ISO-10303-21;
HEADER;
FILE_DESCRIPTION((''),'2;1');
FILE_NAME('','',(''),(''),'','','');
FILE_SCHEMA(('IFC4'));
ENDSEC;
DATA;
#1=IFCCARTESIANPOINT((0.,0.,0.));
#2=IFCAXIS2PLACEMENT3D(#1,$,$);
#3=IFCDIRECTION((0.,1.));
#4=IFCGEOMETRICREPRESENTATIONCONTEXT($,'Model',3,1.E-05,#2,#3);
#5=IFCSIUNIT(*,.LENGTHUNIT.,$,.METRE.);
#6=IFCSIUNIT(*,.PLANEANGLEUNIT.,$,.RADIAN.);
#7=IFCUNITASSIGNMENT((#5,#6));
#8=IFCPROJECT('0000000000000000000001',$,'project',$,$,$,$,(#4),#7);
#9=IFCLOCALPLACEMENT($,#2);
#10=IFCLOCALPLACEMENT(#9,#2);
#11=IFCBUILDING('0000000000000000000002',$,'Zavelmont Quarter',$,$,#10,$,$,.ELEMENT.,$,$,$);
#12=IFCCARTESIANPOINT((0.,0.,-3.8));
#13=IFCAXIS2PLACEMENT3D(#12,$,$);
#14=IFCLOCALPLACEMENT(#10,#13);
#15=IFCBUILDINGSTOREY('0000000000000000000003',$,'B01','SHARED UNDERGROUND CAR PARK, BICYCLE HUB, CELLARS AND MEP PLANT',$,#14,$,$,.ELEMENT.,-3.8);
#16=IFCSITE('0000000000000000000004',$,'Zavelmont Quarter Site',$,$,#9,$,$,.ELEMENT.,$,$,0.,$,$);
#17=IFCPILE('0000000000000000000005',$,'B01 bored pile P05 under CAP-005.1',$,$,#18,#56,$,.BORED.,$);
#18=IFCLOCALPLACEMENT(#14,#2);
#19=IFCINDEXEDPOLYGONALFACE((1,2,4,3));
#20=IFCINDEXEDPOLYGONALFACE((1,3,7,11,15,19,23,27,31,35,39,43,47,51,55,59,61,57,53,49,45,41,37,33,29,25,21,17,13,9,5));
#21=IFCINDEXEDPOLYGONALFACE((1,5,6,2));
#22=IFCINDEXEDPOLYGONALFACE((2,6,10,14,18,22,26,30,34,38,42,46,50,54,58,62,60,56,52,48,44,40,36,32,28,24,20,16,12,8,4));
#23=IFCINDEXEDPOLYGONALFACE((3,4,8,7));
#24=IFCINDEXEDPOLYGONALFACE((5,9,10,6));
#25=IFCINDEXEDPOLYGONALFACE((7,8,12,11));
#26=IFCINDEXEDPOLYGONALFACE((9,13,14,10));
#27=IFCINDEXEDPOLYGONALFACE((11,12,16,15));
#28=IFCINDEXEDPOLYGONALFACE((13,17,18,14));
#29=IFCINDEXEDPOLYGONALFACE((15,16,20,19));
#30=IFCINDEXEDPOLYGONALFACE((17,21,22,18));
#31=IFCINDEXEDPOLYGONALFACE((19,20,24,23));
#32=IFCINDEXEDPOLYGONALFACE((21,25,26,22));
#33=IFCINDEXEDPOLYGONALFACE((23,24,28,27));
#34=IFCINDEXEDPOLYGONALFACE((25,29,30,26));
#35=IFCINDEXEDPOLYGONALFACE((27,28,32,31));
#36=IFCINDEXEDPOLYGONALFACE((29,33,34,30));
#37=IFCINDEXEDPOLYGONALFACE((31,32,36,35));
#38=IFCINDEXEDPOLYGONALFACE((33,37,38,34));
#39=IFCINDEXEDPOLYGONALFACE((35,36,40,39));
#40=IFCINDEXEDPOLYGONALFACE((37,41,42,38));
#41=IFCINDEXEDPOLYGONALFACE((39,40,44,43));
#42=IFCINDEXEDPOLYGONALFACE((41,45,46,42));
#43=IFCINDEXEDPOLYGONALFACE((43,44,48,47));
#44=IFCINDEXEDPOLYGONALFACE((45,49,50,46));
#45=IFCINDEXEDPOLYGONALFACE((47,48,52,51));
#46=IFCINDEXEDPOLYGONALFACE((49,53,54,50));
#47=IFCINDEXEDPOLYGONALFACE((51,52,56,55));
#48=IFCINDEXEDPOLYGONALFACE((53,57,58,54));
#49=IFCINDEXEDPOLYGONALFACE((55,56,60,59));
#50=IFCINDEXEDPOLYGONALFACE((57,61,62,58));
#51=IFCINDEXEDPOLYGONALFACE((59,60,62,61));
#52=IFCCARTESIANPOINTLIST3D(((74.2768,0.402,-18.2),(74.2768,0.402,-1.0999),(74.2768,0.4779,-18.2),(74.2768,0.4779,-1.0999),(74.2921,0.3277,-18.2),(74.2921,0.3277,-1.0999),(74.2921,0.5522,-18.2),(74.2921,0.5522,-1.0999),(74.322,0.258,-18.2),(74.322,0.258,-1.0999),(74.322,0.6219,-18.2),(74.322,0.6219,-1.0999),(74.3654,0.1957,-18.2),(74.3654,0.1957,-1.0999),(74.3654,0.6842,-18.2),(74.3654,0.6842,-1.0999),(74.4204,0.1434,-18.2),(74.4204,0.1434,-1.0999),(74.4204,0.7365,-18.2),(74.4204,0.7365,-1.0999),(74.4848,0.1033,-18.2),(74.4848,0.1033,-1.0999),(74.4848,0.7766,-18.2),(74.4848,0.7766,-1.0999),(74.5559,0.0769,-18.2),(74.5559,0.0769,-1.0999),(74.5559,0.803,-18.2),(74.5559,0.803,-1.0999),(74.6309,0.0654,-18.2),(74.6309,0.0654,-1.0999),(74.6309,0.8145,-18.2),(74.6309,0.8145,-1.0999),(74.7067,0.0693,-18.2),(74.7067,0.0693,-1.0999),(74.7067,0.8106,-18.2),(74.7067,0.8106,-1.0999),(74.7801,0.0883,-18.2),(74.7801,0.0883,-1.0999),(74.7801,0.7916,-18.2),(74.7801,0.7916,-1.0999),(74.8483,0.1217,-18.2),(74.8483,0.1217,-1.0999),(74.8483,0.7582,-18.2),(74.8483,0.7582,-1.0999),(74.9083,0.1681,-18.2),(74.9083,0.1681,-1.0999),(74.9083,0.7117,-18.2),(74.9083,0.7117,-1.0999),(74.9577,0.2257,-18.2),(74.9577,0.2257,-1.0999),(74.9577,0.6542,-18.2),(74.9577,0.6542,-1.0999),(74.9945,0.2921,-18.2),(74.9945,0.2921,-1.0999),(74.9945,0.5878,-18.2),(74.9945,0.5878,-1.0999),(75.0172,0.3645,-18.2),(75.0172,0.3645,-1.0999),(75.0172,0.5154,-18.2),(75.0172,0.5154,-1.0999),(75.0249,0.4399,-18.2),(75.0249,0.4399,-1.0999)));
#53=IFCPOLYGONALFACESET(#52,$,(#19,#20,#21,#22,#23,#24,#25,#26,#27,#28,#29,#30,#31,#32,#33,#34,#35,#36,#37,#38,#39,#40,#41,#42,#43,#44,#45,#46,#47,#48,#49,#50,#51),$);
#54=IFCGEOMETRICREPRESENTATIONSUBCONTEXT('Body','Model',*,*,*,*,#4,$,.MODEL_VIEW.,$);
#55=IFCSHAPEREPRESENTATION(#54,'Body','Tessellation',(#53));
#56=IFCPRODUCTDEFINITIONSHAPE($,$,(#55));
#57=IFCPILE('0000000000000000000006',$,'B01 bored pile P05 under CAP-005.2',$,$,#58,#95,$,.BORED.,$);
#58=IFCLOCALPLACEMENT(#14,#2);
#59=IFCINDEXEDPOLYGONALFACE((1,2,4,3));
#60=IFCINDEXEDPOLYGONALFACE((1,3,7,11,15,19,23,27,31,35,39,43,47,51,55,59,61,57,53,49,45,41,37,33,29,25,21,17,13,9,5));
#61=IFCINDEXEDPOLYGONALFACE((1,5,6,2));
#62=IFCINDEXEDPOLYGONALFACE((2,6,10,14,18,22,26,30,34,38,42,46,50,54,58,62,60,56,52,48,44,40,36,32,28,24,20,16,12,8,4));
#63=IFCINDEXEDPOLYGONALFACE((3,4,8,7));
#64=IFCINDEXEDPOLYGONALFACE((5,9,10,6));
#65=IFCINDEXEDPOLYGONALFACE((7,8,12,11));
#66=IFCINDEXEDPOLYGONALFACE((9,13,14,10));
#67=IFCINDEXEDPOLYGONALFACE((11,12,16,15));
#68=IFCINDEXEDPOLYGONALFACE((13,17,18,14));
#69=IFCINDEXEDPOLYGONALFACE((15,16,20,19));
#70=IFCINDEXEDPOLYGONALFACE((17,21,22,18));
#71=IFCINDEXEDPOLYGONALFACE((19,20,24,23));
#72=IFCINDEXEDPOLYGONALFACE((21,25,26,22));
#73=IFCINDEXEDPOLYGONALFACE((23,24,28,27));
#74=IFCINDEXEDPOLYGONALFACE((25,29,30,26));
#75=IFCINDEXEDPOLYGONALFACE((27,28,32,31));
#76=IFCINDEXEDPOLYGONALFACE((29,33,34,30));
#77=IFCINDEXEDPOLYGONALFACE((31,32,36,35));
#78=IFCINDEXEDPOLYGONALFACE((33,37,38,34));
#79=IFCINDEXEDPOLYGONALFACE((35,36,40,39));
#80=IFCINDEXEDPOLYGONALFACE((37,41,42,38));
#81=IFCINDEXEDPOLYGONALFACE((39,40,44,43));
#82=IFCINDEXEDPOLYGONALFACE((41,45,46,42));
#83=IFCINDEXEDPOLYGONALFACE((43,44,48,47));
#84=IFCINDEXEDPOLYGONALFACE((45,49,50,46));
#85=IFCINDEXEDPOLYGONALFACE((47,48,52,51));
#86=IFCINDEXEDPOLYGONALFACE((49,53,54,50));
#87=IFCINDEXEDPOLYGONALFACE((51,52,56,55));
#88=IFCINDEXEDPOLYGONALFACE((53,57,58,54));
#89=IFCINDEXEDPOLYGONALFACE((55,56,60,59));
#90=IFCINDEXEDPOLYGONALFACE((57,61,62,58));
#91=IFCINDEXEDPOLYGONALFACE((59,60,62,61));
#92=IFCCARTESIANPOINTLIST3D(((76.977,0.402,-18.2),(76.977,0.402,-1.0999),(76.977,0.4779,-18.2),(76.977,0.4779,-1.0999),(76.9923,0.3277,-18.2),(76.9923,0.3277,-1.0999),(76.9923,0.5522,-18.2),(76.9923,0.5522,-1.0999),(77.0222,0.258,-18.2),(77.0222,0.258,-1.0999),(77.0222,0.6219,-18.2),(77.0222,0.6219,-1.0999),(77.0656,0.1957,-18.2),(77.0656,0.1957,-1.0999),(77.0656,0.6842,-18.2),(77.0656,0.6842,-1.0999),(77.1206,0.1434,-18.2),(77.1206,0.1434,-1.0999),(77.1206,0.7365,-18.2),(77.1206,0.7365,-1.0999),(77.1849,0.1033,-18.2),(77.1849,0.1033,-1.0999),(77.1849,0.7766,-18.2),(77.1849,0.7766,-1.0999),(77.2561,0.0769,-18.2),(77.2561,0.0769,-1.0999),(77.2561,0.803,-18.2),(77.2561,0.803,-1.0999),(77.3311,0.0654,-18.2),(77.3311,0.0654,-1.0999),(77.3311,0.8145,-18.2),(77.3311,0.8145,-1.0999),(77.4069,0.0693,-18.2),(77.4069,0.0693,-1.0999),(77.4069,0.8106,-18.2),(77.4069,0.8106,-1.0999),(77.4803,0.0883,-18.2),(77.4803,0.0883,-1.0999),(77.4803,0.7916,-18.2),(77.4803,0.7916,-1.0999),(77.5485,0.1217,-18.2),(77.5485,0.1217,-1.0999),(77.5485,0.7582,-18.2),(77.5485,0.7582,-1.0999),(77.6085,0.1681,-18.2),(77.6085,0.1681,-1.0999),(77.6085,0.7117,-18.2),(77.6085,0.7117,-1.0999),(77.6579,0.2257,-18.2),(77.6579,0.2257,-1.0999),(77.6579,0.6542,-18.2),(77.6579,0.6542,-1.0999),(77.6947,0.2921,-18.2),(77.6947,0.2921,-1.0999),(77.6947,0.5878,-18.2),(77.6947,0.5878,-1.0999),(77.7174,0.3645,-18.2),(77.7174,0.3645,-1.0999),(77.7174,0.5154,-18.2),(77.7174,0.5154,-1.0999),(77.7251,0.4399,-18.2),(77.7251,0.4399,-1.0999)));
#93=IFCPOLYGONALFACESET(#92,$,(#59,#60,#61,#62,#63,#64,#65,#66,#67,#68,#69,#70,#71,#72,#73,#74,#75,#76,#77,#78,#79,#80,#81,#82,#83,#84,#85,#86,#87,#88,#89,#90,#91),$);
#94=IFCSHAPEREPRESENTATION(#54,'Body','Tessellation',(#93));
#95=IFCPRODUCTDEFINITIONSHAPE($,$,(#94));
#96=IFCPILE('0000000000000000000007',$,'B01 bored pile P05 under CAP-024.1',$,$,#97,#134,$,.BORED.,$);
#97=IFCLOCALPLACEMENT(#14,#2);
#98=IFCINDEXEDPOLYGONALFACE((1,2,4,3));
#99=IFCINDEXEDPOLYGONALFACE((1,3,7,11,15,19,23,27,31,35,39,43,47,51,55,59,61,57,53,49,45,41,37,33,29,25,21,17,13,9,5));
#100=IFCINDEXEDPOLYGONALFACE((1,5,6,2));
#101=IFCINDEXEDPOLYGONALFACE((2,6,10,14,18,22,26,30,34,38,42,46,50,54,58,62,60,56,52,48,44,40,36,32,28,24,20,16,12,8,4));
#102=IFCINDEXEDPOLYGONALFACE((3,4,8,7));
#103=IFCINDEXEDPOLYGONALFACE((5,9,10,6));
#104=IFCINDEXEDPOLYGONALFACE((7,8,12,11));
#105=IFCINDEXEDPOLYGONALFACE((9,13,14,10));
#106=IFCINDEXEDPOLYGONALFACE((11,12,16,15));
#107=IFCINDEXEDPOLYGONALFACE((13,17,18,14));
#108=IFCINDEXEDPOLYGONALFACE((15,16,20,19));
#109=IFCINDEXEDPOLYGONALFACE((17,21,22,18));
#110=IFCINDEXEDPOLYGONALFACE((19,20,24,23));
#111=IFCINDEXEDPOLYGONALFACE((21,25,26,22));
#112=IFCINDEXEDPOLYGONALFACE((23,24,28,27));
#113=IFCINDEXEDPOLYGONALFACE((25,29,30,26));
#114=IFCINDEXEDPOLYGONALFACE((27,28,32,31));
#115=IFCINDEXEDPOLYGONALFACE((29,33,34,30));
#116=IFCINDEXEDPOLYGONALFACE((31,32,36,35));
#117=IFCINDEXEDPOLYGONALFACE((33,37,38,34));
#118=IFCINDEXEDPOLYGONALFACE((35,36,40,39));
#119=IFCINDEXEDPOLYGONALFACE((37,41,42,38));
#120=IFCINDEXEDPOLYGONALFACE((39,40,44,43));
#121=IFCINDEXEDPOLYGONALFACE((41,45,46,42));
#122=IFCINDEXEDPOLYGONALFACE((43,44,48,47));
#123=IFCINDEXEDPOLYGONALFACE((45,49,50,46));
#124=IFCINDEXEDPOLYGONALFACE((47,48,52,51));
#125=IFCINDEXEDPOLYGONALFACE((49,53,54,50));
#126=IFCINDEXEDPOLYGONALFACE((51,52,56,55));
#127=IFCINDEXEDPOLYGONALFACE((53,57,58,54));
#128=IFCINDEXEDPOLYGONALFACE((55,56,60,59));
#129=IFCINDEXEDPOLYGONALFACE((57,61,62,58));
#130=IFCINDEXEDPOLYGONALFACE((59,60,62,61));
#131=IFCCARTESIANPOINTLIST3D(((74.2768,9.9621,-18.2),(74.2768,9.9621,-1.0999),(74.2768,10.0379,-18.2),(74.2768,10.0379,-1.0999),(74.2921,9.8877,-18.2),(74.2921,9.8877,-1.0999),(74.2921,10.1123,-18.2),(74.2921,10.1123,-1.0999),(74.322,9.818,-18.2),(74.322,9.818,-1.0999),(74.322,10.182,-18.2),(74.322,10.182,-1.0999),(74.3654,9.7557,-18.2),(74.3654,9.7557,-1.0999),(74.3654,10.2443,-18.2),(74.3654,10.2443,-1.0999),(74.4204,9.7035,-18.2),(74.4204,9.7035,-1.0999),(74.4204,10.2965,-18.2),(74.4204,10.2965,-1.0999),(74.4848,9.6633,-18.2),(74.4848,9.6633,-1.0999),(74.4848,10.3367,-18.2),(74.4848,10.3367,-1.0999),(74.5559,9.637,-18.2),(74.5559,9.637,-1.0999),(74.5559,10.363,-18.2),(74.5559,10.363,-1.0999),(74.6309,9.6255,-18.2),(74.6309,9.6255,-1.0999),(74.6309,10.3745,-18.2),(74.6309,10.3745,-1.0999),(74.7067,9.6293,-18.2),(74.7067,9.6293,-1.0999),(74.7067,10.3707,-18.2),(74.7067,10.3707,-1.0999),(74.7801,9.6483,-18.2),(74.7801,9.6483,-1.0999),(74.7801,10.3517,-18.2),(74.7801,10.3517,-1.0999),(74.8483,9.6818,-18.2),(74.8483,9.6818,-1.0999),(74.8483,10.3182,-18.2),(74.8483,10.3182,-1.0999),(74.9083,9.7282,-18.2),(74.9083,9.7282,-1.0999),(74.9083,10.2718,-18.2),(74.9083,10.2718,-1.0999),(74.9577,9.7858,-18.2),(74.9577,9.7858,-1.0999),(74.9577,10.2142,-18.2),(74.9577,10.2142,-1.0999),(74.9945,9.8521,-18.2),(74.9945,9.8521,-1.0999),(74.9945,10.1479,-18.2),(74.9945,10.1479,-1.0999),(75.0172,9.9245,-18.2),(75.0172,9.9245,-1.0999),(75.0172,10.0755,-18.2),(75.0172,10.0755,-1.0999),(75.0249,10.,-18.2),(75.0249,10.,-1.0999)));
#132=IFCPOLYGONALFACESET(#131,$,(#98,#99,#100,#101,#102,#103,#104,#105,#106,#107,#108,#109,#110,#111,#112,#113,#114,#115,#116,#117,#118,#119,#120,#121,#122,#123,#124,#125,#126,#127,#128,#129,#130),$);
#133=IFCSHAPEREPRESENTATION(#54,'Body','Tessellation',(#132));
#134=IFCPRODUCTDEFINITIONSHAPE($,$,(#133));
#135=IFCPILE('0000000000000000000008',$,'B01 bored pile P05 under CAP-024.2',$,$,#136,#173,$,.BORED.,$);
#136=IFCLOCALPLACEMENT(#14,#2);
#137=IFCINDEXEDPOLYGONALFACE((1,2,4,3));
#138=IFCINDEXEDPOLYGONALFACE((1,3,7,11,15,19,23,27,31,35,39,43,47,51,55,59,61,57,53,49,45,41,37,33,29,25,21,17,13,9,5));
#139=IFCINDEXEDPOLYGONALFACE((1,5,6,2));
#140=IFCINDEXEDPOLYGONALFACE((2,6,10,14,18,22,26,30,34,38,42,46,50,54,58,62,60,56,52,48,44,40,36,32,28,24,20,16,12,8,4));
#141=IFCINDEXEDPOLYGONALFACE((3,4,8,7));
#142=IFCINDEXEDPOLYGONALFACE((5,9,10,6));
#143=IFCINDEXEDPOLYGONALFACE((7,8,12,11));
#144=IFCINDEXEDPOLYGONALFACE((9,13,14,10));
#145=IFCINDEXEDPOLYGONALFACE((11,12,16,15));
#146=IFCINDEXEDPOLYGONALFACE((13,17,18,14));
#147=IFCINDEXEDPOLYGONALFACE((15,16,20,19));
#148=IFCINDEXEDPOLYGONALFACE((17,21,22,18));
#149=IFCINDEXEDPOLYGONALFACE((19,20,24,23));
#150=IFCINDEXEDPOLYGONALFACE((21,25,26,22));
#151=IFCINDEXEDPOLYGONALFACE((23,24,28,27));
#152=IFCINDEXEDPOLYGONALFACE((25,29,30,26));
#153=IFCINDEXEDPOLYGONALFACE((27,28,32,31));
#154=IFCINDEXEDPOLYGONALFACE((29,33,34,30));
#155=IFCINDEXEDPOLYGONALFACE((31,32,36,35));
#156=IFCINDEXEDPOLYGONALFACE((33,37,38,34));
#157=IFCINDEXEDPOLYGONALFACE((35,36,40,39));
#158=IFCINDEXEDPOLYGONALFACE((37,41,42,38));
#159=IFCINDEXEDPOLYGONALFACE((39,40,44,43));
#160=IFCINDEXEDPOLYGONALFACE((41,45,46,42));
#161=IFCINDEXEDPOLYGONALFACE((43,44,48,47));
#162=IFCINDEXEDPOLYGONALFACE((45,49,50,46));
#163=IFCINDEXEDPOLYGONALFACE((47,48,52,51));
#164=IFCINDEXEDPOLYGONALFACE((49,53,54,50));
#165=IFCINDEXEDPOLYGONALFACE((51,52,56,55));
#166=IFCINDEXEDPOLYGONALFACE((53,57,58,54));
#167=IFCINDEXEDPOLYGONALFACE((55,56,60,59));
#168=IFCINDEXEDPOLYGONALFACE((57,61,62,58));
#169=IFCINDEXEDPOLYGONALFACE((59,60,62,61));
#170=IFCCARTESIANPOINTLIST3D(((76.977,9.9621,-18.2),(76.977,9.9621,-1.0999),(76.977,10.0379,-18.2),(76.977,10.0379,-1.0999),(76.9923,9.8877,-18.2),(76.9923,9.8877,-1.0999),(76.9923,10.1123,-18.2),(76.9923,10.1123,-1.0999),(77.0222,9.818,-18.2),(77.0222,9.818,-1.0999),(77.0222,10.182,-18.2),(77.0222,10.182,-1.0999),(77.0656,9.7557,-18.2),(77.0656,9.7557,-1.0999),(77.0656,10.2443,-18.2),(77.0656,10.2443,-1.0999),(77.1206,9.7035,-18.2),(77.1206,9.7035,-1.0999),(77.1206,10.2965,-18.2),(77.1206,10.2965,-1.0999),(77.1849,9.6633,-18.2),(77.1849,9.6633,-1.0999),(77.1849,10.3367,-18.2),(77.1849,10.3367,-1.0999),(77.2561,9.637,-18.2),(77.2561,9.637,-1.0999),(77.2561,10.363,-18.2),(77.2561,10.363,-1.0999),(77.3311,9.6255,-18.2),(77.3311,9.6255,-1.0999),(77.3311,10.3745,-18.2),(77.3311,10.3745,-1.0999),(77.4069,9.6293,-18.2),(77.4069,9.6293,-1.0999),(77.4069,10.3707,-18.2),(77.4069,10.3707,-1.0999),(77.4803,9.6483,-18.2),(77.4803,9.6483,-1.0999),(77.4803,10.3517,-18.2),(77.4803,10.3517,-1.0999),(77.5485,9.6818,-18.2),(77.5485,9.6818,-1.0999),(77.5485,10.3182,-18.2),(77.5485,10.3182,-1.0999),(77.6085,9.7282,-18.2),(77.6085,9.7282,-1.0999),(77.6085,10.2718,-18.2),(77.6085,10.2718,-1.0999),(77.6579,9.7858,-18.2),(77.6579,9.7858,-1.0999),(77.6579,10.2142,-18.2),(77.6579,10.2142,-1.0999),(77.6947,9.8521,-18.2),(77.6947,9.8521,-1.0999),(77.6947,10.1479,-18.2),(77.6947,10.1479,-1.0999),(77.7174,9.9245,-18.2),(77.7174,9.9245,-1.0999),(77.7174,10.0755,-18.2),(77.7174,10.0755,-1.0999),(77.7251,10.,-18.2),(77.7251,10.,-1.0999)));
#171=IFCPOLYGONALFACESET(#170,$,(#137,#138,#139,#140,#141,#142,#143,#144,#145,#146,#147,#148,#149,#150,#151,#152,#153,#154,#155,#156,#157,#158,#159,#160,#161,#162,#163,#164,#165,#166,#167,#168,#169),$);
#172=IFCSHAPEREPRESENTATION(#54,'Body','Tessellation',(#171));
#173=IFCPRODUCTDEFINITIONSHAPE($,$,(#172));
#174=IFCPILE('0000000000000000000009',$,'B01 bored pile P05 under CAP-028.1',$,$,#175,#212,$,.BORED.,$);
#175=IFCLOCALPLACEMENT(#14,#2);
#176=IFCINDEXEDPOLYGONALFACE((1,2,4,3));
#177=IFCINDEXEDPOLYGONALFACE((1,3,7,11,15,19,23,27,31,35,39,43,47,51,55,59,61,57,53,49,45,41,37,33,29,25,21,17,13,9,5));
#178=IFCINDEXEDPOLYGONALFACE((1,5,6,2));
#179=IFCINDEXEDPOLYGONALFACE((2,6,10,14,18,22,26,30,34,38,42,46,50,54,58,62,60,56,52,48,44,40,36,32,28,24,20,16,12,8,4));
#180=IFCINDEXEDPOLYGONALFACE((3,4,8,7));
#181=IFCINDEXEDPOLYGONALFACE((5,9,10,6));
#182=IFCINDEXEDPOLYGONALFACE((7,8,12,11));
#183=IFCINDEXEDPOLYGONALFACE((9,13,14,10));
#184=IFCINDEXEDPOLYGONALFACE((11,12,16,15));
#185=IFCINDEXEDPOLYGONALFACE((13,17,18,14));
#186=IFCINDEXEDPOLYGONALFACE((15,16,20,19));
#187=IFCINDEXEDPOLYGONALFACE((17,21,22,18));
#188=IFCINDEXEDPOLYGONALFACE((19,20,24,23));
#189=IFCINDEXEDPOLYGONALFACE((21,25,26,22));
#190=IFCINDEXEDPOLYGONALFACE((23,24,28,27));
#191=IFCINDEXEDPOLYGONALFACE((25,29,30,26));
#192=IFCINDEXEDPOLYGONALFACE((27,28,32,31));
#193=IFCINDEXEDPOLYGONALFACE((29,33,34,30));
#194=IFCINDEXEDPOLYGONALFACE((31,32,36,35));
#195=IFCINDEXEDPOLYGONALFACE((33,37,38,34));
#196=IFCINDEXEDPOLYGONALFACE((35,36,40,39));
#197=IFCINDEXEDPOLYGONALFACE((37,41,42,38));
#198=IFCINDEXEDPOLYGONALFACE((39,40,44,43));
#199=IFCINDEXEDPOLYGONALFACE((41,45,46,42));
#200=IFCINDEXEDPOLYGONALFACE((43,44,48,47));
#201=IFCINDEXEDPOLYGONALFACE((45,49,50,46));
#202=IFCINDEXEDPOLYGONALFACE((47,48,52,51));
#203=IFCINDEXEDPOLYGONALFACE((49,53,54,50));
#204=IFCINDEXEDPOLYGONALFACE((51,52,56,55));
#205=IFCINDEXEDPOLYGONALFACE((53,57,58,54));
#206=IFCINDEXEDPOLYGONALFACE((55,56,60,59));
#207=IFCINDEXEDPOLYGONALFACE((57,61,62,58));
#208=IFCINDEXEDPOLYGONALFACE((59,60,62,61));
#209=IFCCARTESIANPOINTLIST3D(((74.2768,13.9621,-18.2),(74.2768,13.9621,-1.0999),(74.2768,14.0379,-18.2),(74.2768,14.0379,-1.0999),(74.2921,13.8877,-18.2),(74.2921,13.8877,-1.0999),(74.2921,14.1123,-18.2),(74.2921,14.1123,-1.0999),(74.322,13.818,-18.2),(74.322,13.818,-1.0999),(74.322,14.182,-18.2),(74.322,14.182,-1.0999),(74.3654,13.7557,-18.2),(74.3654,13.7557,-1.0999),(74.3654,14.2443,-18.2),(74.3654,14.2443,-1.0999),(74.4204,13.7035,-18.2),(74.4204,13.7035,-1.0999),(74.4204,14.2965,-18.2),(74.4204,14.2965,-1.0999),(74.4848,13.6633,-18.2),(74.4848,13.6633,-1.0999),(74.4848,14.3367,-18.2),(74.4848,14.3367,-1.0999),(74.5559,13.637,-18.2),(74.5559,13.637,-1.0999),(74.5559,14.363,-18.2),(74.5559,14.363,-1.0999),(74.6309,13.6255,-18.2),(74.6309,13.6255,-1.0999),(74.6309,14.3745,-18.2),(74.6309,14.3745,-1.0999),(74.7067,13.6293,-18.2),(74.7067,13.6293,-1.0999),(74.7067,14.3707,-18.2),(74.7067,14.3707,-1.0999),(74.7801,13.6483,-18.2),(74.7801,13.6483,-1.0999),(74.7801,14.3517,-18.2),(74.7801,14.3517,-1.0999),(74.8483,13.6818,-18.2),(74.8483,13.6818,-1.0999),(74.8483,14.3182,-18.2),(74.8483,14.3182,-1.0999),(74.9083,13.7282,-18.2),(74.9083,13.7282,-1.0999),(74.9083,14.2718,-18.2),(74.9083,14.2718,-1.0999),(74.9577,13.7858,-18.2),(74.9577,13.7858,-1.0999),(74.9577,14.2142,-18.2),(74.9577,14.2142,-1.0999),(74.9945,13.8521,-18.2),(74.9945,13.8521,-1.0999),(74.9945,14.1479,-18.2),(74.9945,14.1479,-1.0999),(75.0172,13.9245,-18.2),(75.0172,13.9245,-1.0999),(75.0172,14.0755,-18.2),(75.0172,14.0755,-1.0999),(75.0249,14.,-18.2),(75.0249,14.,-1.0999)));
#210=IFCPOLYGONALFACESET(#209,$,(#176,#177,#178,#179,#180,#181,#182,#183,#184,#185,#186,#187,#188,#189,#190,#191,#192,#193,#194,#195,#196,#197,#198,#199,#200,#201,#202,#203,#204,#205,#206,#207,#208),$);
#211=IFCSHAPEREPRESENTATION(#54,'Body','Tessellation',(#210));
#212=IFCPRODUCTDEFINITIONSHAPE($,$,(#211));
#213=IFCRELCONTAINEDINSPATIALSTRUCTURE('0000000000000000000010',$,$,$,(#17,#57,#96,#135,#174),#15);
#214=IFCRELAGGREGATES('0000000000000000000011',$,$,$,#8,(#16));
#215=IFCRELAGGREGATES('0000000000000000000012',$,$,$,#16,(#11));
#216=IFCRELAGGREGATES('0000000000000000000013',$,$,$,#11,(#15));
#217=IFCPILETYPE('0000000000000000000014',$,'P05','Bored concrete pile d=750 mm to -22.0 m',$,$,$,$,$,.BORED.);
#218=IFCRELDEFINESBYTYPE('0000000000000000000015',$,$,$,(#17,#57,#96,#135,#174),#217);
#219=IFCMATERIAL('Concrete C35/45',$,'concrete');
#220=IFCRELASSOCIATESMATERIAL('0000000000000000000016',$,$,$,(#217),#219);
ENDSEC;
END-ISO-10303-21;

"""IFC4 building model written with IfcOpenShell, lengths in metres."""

from ifc_helpers import new_model, si_unit, direction, frame, origin, origin_2d, place, context, subcontext, project, spatial, circle, extrude, material, material_profile, profile_set, type_object, element, save


model = new_model("IFC4")

# Units and contexts
model_context = context("Model", 3, precision=1e-05, world=origin(), true_north=direction((0.0, 1.0)))
body_context = subcontext(model_context, "Body", "Model", "MODEL_VIEW")
ifc_project = project(units=[si_unit("LENGTHUNIT", "METRE"), si_unit("PLANEANGLEUNIT", "RADIAN")], contexts=[model_context])

# Site, building, storey
site_placement = place(None, origin())
site = spatial("IfcSite", under=ifc_project, at=site_placement, Name="Zavelmont Quarter Site", CompositionType="ELEMENT", RefElevation=0.0)
building_placement = place(site_placement, origin())
building = spatial("IfcBuilding", under=site, at=building_placement, Name="Zavelmont Quarter", CompositionType="ELEMENT")
storey_placement = place(building_placement, frame((0.0, 0.0, -3.8)))
storey = spatial("IfcBuildingStorey", under=building, at=storey_placement, Name="B01", Description="SHARED UNDERGROUND CAR PARK, BICYCLE HUB, CELLARS AND MEP PLANT", CompositionType="ELEMENT", Elevation=-3.8)

# Shared definitions
ifc_material_1 = material(Name="Concrete C35/45", Category="concrete")

# Piles
ifc_material_profile_1 = material_profile(ifc_material_1, circle(Radius=0.375, at=origin_2d()), Name="BP750")
ifc_profile_set_1 = profile_set([ifc_material_profile_1], Name="Concrete C35/45")
pile_type_1 = type_object("IfcPileType", Name="P05", Description="Bored concrete pile d=750 mm to -22.0 m", PredefinedType="BORED", material=ifc_profile_set_1)
for number, where, z_axis, x_axis, name in (
    (1, (74.6499, 0.4399, -1.0999), (0.0, 0.0, -1.0), (1.0, 0.0, 0.0), "B01 bored pile P05 under CAP-005.1"),
    (2, (77.3501, 0.4399, -1.0999), (0.0, 0.0, -1.0), (1.0, 0.0, 0.0), "B01 bored pile P05 under CAP-005.2"),
    (3, (74.6499, 10.0, -1.0999), (0.0, 0.0, -1.0), (1.0, 0.0, 0.0), "B01 bored pile P05 under CAP-024.1"),
    (4, (77.3501, 10.0, -1.0999), (0.0, 0.0, -1.0), (1.0, 0.0, 0.0), "B01 bored pile P05 under CAP-024.2"),
    (5, (74.6499, 14.0, -1.0999), (0.0, 0.0, -1.0), (1.0, 0.0, 0.0), "B01 bored pile P05 under CAP-028.1"),
):
    element("IfcPile", number, at=place(storey_placement, frame(where, z_axis=z_axis, x_axis=x_axis)), inside=storey, type_object=pile_type_1, Name=name, PredefinedType="BORED", context=body_context, shape_type="SweptSolid", body=[
        extrude(circle(Radius=0.375, at=origin_2d()), origin(), (0.0, 0.0, 1.0), 17.1001),
    ])

save(model, "model.ifc")
